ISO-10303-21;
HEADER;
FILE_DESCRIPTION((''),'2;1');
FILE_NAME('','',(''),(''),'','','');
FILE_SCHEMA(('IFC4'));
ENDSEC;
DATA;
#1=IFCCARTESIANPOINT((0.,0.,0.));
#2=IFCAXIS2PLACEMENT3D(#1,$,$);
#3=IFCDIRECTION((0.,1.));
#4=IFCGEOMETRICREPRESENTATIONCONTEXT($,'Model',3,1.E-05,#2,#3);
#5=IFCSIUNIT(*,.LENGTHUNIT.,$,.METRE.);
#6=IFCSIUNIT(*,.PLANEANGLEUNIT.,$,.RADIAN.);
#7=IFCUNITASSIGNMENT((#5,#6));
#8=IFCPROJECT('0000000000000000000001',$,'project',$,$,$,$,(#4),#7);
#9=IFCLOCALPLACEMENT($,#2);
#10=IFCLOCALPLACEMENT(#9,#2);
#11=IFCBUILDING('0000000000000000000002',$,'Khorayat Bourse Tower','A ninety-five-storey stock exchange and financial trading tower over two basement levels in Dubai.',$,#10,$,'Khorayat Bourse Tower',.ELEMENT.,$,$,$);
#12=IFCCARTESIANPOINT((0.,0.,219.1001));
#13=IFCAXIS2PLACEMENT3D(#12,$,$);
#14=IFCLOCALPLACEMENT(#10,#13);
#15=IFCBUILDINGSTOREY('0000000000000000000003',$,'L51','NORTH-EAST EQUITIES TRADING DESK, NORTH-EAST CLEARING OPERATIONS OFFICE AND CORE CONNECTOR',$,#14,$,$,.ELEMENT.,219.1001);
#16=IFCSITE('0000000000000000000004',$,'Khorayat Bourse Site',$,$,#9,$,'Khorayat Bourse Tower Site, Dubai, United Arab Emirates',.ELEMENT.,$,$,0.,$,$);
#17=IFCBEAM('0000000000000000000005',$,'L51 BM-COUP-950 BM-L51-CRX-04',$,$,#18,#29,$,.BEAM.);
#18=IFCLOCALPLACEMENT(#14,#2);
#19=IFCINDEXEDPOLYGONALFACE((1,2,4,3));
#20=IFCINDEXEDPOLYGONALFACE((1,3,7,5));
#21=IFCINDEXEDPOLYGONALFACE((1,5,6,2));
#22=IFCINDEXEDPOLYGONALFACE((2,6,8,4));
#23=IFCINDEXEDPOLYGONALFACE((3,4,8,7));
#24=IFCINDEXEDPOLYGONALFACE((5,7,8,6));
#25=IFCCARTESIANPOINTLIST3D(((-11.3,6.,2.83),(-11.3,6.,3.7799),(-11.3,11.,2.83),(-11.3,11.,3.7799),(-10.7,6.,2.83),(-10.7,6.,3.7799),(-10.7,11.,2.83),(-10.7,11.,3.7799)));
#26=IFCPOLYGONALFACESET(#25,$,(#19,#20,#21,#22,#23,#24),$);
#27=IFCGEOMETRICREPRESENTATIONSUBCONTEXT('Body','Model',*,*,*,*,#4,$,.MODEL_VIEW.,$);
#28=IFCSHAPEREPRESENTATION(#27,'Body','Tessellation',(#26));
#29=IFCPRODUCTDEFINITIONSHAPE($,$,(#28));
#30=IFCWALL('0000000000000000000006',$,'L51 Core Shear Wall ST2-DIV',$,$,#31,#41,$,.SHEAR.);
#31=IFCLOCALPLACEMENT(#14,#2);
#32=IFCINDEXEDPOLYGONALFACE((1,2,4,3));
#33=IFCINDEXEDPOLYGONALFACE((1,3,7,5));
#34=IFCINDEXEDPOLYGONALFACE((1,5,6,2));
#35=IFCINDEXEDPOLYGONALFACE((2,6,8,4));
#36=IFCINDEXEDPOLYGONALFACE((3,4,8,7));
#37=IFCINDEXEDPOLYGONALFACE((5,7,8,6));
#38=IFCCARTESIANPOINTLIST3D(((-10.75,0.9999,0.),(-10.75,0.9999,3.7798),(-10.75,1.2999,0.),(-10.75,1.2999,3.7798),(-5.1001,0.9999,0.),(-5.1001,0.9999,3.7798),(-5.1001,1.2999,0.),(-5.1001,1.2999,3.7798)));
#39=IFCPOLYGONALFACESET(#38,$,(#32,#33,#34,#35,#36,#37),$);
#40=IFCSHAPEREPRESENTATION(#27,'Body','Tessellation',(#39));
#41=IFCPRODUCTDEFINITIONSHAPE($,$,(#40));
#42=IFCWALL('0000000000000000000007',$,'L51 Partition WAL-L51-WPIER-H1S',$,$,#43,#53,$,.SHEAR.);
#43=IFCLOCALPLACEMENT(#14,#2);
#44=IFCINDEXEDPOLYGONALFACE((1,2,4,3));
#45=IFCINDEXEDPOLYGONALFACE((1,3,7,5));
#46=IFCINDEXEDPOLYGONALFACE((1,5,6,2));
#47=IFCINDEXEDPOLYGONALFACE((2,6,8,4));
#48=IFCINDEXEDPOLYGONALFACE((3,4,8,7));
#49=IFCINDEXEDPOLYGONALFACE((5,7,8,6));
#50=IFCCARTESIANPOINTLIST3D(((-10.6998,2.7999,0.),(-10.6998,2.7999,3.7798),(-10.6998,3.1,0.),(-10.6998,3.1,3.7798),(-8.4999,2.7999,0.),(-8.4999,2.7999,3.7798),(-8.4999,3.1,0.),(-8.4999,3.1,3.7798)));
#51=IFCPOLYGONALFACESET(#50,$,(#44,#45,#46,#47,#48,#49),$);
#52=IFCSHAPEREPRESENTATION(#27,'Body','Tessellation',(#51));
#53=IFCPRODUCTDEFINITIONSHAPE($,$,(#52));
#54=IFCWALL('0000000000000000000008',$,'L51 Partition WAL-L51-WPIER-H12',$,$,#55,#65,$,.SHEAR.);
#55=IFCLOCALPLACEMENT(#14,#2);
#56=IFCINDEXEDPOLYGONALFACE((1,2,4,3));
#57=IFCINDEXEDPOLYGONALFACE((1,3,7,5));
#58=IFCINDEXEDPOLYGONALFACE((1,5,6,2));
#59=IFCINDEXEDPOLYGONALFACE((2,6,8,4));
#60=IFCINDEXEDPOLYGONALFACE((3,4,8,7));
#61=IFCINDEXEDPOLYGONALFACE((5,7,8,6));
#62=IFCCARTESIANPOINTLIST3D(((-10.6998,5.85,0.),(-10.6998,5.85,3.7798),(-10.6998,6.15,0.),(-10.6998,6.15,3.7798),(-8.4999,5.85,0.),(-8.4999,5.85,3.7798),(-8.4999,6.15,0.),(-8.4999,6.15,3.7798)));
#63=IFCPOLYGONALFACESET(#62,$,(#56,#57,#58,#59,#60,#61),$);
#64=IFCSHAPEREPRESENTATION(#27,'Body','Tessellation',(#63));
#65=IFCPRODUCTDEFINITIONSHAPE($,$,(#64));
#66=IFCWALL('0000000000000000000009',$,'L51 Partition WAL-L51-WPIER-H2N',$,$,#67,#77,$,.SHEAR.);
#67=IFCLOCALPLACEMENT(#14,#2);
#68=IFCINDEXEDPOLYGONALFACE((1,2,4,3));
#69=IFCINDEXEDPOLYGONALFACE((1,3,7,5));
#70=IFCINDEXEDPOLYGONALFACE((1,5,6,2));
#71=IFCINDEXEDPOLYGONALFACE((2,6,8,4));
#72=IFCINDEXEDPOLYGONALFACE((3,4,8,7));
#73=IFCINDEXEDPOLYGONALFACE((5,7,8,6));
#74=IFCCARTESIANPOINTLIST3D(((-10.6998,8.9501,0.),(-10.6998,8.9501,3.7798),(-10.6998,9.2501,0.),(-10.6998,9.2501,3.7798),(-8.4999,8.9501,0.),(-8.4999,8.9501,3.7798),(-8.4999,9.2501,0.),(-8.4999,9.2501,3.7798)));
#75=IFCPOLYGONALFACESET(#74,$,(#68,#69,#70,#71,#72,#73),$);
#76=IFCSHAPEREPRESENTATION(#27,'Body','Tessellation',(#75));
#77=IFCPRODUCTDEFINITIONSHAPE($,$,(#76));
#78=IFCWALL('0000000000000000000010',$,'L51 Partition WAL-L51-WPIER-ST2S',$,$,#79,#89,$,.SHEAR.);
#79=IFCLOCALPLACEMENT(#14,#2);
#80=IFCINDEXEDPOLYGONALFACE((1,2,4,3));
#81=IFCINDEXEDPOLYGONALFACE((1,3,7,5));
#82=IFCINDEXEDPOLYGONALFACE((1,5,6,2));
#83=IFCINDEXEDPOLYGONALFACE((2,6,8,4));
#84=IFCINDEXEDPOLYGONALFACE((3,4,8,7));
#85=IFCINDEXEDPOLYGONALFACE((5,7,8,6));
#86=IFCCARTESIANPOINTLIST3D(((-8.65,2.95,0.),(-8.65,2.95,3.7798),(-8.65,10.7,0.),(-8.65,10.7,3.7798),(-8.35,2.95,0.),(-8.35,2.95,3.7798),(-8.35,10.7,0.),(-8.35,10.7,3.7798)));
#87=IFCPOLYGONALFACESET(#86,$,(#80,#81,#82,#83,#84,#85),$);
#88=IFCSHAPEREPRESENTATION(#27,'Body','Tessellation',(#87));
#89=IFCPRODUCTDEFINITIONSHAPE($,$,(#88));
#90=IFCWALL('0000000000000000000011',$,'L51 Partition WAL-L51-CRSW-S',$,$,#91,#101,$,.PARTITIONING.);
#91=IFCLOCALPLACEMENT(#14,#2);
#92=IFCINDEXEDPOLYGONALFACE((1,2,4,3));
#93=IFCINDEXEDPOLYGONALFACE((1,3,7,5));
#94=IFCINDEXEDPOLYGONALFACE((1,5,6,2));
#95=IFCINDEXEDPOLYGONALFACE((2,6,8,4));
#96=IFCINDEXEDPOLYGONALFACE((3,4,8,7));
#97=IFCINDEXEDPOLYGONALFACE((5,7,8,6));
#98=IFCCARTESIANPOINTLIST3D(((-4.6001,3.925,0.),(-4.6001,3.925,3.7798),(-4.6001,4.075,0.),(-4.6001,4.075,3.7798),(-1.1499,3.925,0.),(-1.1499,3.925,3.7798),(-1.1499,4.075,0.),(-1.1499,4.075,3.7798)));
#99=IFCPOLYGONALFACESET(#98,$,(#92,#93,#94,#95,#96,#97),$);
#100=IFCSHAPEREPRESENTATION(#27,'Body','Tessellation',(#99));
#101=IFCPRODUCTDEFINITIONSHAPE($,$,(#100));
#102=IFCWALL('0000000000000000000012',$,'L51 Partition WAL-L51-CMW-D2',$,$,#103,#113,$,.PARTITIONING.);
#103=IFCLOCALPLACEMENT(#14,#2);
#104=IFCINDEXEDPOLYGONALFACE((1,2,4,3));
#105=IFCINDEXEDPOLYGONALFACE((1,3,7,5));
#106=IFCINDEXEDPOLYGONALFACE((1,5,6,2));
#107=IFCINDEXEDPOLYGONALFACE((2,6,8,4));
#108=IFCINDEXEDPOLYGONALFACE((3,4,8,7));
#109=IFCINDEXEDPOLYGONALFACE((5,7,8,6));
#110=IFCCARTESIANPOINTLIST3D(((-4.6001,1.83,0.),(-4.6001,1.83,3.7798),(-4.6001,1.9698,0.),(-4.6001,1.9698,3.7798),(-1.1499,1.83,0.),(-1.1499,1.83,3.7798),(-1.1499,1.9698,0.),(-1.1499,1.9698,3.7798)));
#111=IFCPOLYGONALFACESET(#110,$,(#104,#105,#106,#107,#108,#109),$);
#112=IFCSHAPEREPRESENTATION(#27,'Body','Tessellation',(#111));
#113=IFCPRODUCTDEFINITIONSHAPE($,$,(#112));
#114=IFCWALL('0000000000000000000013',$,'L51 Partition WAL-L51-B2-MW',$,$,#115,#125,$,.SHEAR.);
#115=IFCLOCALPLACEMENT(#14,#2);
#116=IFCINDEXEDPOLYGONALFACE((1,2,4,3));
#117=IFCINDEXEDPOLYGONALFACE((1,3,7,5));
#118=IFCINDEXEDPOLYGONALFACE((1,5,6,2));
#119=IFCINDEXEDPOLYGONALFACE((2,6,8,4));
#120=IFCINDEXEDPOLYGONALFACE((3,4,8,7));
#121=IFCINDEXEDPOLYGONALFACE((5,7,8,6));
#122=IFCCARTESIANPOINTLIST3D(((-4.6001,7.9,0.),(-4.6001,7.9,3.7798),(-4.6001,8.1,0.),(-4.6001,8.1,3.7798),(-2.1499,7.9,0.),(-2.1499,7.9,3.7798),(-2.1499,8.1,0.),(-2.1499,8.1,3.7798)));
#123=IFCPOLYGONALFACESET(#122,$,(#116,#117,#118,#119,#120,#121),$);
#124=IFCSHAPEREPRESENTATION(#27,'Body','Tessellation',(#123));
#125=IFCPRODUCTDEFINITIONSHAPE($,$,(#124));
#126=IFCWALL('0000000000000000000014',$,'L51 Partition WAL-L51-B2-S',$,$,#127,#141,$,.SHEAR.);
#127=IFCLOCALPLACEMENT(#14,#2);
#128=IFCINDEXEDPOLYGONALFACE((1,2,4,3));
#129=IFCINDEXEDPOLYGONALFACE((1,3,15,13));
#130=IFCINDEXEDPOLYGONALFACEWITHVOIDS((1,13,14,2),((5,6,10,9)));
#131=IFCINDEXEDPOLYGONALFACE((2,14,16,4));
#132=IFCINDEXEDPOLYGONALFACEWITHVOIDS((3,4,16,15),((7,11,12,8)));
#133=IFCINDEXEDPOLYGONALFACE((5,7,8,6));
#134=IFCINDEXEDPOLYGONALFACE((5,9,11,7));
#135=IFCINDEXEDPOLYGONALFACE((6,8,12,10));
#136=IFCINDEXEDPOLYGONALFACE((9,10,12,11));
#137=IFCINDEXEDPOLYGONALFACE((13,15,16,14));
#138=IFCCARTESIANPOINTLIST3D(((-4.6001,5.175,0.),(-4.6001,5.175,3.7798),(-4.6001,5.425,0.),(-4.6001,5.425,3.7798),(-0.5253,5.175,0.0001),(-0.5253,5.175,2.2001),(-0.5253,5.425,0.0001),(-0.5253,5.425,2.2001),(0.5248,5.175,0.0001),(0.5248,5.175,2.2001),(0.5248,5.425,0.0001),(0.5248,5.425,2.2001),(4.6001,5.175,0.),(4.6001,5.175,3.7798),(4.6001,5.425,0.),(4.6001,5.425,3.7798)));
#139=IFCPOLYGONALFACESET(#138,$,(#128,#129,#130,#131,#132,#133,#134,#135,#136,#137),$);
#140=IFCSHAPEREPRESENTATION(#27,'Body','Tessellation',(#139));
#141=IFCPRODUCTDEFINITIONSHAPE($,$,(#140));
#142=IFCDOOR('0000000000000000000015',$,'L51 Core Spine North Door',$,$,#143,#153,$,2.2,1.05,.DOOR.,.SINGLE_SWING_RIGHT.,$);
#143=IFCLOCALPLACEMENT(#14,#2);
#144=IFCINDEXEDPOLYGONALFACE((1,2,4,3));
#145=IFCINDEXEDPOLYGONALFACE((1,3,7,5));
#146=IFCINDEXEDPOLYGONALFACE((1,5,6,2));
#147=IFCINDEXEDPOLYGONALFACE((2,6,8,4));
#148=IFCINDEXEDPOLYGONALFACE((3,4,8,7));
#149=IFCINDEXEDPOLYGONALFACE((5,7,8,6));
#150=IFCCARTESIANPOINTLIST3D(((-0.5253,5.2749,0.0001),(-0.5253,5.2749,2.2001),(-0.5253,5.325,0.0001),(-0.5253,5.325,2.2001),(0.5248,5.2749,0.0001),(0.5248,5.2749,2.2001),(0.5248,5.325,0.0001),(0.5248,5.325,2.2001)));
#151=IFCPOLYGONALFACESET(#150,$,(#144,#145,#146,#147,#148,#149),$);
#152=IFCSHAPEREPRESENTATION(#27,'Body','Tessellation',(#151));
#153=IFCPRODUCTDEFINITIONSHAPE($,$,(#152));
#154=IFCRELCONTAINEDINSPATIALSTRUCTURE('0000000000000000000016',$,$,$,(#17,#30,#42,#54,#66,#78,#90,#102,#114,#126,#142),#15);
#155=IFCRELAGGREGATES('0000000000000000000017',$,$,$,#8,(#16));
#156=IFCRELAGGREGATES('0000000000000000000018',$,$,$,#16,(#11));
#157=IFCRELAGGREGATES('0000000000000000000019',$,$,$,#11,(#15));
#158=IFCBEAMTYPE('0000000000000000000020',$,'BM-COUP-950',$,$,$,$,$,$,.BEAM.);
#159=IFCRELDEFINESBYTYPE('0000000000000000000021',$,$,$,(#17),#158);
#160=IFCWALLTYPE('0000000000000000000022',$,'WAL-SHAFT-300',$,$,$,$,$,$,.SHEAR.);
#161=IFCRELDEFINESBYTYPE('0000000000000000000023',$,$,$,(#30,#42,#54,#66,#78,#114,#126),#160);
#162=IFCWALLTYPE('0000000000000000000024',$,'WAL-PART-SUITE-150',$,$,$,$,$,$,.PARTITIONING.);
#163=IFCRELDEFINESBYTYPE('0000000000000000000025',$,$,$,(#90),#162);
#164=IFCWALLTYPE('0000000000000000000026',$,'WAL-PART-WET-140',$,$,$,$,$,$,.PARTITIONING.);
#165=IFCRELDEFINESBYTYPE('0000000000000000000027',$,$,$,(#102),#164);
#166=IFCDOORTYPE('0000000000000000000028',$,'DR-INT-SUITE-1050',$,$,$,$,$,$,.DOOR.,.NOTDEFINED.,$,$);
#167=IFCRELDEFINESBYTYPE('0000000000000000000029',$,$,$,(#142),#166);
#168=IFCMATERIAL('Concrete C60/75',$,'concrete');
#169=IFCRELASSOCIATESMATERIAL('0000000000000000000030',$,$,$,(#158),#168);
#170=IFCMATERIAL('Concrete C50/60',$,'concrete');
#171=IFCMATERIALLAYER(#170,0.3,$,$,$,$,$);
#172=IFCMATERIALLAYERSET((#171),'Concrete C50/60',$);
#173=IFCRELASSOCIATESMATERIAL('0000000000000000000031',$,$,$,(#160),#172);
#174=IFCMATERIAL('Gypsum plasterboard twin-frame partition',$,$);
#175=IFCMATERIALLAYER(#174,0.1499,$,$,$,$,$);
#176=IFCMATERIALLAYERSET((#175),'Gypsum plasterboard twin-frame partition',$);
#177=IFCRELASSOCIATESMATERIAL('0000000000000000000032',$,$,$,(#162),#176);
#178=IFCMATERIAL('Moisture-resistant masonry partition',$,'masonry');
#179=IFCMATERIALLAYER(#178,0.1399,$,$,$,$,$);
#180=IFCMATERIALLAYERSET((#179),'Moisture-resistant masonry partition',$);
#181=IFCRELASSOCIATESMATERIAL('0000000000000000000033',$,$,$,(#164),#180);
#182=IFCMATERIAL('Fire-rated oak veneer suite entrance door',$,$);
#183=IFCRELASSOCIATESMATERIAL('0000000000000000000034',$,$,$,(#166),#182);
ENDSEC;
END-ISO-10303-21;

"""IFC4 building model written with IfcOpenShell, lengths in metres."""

from ifc_helpers import new_model, si_unit, direction, frame, frame_2d, origin, origin_2d, place, context, subcontext, project, spatial, rectangle, extrude, source, transform, mapped, material, layer, layer_set, material_profile, profile_set, type_object, element, fill, save


model = new_model("IFC4")

# Units and contexts
model_context = context("Model", 3, precision=1e-05, world=origin(), true_north=direction((0.0, 1.0)))
body_context = subcontext(model_context, "Body", "Model", "MODEL_VIEW")
ifc_project = project(units=[si_unit("LENGTHUNIT", "METRE"), si_unit("PLANEANGLEUNIT", "RADIAN")], contexts=[model_context])

# Site, building, storey
site_placement = place(None, origin())
site = spatial("IfcSite", under=ifc_project, at=site_placement, Name="Khorayat Bourse Site", LongName="Khorayat Bourse Tower Site, Dubai, United Arab Emirates", CompositionType="ELEMENT", RefElevation=0.0)
building_placement = place(site_placement, origin())
building = spatial("IfcBuilding", under=site, at=building_placement, Name="Khorayat Bourse Tower", Description="A ninety-five-storey stock exchange and financial trading tower over two basement levels in Dubai.", LongName="Khorayat Bourse Tower", CompositionType="ELEMENT")
storey_placement = place(building_placement, frame((0.0, 0.0, 219.1001)))
storey = spatial("IfcBuildingStorey", under=building, at=storey_placement, Name="L51", Description="NORTH-EAST EQUITIES TRADING DESK, NORTH-EAST CLEARING OPERATIONS OFFICE AND CORE CONNECTOR", CompositionType="ELEMENT", Elevation=219.1001)

# Shared definitions
ifc_material_1 = material(Name="Concrete C60/75", Category="concrete")

# Beam
ifc_material_profile_1 = material_profile(ifc_material_1, rectangle(XDim=0.6001, YDim=0.95, at=origin_2d()), Name="RC 600x950")
ifc_profile_set_1 = profile_set([ifc_material_profile_1], Name="Concrete C60/75")
beam_type_1 = type_object("IfcBeamType", Name="BM-COUP-950", PredefinedType="BEAM", material=ifc_profile_set_1)
shared_shape_1 = source(origin(), body_context, "Body", "SweptSolid", [
    extrude(rectangle(XDim=0.6001, YDim=0.95, at=origin_2d()), origin(), (0.0, 0.0, 1.0), 5.0),
])
beam_1_placement = place(storey_placement, frame((-11.0, 6.0, 3.3049), z_axis=(0.0, 1.0, 0.0), x_axis=(-1.0, 0.0, 0.0)))
element("IfcBeam", 1, at=beam_1_placement, inside=storey, type_object=beam_type_1, Name="L51 BM-COUP-950 BM-L51-CRX-04", PredefinedType="BEAM", context=body_context, shape_type="MappedRepresentation", body=[
    mapped(shared_shape_1, transform((0.0, 0.0, 0.0), scale=1.0)),
])

# Walls
ifc_material_2 = material(Name="Concrete C50/60", Category="concrete")
ifc_layer_1 = layer(ifc_material_2, 0.3)
ifc_layer_set_1 = layer_set([ifc_layer_1], Name="Concrete C50/60")
wall_type_1 = type_object("IfcWallType", Name="WAL-SHAFT-300", PredefinedType="SHEAR", material=ifc_layer_set_1)
shared_shape_2 = source(origin(), body_context, "Body", "SweptSolid", [
    extrude(rectangle(XDim=5.6499, YDim=0.3, at=frame_2d((2.825, 0.0))), origin(), (0.0, 0.0, 1.0), 3.7798),
])
wall_1_placement = place(storey_placement, frame((-10.75, 1.1499, 0.0), z_axis=(0.0, 0.0, 1.0), x_axis=(1.0, 0.0, 0.0)))
element("IfcWall", 2, at=wall_1_placement, inside=storey, type_object=wall_type_1, Name="L51 Core Shear Wall ST2-DIV", PredefinedType="SHEAR", context=body_context, shape_type="MappedRepresentation", body=[
    mapped(shared_shape_2, transform((0.0, 0.0, 0.0), scale=1.0)),
])
shared_shape_3 = source(origin(), body_context, "Body", "SweptSolid", [
    extrude(rectangle(XDim=2.2, YDim=0.3, at=frame_2d((1.1001, 0.0))), origin(), (0.0, 0.0, 1.0), 3.7798),
])
for number, where, z_axis, x_axis, name in (
    (3, (-10.7, 2.95, 0.0), (0.0, 0.0, 1.0), (1.0, 0.0, 0.0), "L51 Partition WAL-L51-WPIER-H1S"),
    (4, (-10.7, 6.0, 0.0), (0.0, 0.0, 1.0), (1.0, 0.0, 0.0), "L51 Partition WAL-L51-WPIER-H12"),
    (5, (-10.7, 9.1001, 0.0), (0.0, 0.0, 1.0), (1.0, 0.0, 0.0), "L51 Partition WAL-L51-WPIER-H2N"),
):
    element("IfcWall", number, at=place(storey_placement, frame(where, z_axis=z_axis, x_axis=x_axis)), inside=storey, type_object=wall_type_1, Name=name, PredefinedType="SHEAR", context=body_context, shape_type="MappedRepresentation", body=[
        mapped(shared_shape_3, transform((0.0, 0.0, 0.0), scale=1.0)),
    ])
shared_shape_4 = source(origin(), body_context, "Body", "SweptSolid", [
    extrude(rectangle(XDim=7.75, YDim=0.3, at=frame_2d((3.875, 0.0))), origin(), (0.0, 0.0, 1.0), 3.7798),
])
wall_2_placement = place(storey_placement, frame((-8.5, 2.95, 0.0), z_axis=(0.0, 0.0, 1.0), x_axis=(0.0, 1.0, 0.0)))
element("IfcWall", 6, at=wall_2_placement, inside=storey, type_object=wall_type_1, Name="L51 Partition WAL-L51-WPIER-ST2S", PredefinedType="SHEAR", context=body_context, shape_type="MappedRepresentation", body=[
    mapped(shared_shape_4, transform((0.0, 0.0, 0.0), scale=1.0)),
])
ifc_material_3 = material(Name="Gypsum plasterboard twin-frame partition")
ifc_layer_2 = layer(ifc_material_3, 0.1499)
ifc_layer_set_2 = layer_set([ifc_layer_2], Name="Gypsum plasterboard twin-frame partition")
wall_type_2 = type_object("IfcWallType", Name="WAL-PART-SUITE-150", PredefinedType="PARTITIONING", material=ifc_layer_set_2)
shared_shape_5 = source(origin(), body_context, "Body", "SweptSolid", [
    extrude(rectangle(XDim=3.4502, YDim=0.1499, at=frame_2d((1.7251, 0.0))), origin(), (0.0, 0.0, 1.0), 3.7798),
])
wall_3_placement = place(storey_placement, frame((-4.6001, 4.0, 0.0), z_axis=(0.0, 0.0, 1.0), x_axis=(1.0, 0.0, 0.0)))
element("IfcWall", 7, at=wall_3_placement, inside=storey, type_object=wall_type_2, Name="L51 Partition WAL-L51-CRSW-S", PredefinedType="PARTITIONING", context=body_context, shape_type="MappedRepresentation", body=[
    mapped(shared_shape_5, transform((0.0, 0.0, 0.0), scale=1.0)),
])
ifc_material_4 = material(Name="Moisture-resistant masonry partition", Category="masonry")
ifc_layer_3 = layer(ifc_material_4, 0.1399)
ifc_layer_set_3 = layer_set([ifc_layer_3], Name="Moisture-resistant masonry partition")
wall_type_3 = type_object("IfcWallType", Name="WAL-PART-WET-140", PredefinedType="PARTITIONING", material=ifc_layer_set_3)
shared_shape_6 = source(origin(), body_context, "Body", "SweptSolid", [
    extrude(rectangle(XDim=3.4502, YDim=0.1399, at=frame_2d((1.7251, 0.0))), origin(), (0.0, 0.0, 1.0), 3.7798),
])
wall_4_placement = place(storey_placement, frame((-4.6001, 1.8999, 0.0), z_axis=(0.0, 0.0, 1.0), x_axis=(1.0, 0.0, 0.0)))
element("IfcWall", 8, at=wall_4_placement, inside=storey, type_object=wall_type_3, Name="L51 Partition WAL-L51-CMW-D2", PredefinedType="PARTITIONING", context=body_context, shape_type="MappedRepresentation", body=[
    mapped(shared_shape_6, transform((0.0, 0.0, 0.0), scale=1.0)),
])
shared_shape_7 = source(origin(), body_context, "Body", "SweptSolid", [
    extrude(rectangle(XDim=2.4502, YDim=0.2, at=frame_2d((1.2251, 0.0))), origin(), (0.0, 0.0, 1.0), 3.7798),
])
wall_5_placement = place(storey_placement, frame((-4.6001, 8.0, 0.0), z_axis=(0.0, 0.0, 1.0), x_axis=(1.0, 0.0, 0.0)))
element("IfcWall", 9, at=wall_5_placement, inside=storey, type_object=wall_type_1, Name="L51 Partition WAL-L51-B2-MW", PredefinedType="SHEAR", context=body_context, shape_type="MappedRepresentation", body=[
    mapped(shared_shape_7, transform((0.0, 0.0, 0.0), scale=1.0)),
])

# Wall, opening, door
shared_shape_8 = source(origin(), body_context, "Body", "SweptSolid", [
    extrude(rectangle(XDim=9.2002, YDim=0.25, at=frame_2d((4.6001, 0.0))), origin(), (0.0, 0.0, 1.0), 3.7798),
])
wall_6_placement = place(storey_placement, frame((-4.6001, 5.3, 0.0), z_axis=(0.0, 0.0, 1.0), x_axis=(1.0, 0.0, 0.0)))
wall_6 = element("IfcWall", 10, at=wall_6_placement, inside=storey, type_object=wall_type_1, Name="L51 Partition WAL-L51-B2-S", PredefinedType="SHEAR", context=body_context, shape_type="MappedRepresentation", body=[
    mapped(shared_shape_8, transform((0.0, 0.0, 0.0), scale=1.0)),
])
shared_shape_9 = source(origin(), body_context, "Body", "SweptSolid", [
    extrude(rectangle(XDim=1.05, YDim=2.2, at=frame_2d((0.5249, 1.1001))), frame((0.0, 0.135, 0.0), z_axis=(0.0, -1.0, 0.0), x_axis=(1.0, 0.0, 0.0)), (0.0, 0.0, 1.0), 0.27),
])
opening_placement = place(wall_6_placement, frame((4.075, 0.0, 0.0)))
opening = element("IfcOpeningElement", 11, at=opening_placement, cuts=wall_6, PredefinedType="OPENING", context=body_context, shape_type="MappedRepresentation", body=[
    mapped(shared_shape_9, transform((0.0, 0.0, 0.0), scale=1.0)),
])
ifc_material_5 = material(Name="Fire-rated oak veneer suite entrance door")
door_type = type_object("IfcDoorType", Name="DR-INT-SUITE-1050", OperationType="NOTDEFINED", PredefinedType="DOOR", material=ifc_material_5)
shared_shape_10 = source(origin(), body_context, "Body", "SweptSolid", [
    extrude(rectangle(XDim=1.05, YDim=2.2, at=frame_2d((0.5249, 1.1001))), frame((0.0, 0.0249, 0.0), z_axis=(0.0, -1.0, 0.0), x_axis=(1.0, 0.0, 0.0)), (0.0, 0.0, 1.0), 0.05),
])
door_placement = place(opening_placement, origin())
door = element("IfcDoor", 12, at=door_placement, inside=storey, type_object=door_type, Name="L51 Core Spine North Door", OperationType="SINGLE_SWING_RIGHT", OverallHeight=2.2, OverallWidth=1.05, PredefinedType="DOOR", context=body_context, shape_type="MappedRepresentation", body=[
    mapped(shared_shape_10, transform((0.0, 0.0, 0.0), scale=1.0)),
])
fill(opening, door)

save(model, "model.ifc")
